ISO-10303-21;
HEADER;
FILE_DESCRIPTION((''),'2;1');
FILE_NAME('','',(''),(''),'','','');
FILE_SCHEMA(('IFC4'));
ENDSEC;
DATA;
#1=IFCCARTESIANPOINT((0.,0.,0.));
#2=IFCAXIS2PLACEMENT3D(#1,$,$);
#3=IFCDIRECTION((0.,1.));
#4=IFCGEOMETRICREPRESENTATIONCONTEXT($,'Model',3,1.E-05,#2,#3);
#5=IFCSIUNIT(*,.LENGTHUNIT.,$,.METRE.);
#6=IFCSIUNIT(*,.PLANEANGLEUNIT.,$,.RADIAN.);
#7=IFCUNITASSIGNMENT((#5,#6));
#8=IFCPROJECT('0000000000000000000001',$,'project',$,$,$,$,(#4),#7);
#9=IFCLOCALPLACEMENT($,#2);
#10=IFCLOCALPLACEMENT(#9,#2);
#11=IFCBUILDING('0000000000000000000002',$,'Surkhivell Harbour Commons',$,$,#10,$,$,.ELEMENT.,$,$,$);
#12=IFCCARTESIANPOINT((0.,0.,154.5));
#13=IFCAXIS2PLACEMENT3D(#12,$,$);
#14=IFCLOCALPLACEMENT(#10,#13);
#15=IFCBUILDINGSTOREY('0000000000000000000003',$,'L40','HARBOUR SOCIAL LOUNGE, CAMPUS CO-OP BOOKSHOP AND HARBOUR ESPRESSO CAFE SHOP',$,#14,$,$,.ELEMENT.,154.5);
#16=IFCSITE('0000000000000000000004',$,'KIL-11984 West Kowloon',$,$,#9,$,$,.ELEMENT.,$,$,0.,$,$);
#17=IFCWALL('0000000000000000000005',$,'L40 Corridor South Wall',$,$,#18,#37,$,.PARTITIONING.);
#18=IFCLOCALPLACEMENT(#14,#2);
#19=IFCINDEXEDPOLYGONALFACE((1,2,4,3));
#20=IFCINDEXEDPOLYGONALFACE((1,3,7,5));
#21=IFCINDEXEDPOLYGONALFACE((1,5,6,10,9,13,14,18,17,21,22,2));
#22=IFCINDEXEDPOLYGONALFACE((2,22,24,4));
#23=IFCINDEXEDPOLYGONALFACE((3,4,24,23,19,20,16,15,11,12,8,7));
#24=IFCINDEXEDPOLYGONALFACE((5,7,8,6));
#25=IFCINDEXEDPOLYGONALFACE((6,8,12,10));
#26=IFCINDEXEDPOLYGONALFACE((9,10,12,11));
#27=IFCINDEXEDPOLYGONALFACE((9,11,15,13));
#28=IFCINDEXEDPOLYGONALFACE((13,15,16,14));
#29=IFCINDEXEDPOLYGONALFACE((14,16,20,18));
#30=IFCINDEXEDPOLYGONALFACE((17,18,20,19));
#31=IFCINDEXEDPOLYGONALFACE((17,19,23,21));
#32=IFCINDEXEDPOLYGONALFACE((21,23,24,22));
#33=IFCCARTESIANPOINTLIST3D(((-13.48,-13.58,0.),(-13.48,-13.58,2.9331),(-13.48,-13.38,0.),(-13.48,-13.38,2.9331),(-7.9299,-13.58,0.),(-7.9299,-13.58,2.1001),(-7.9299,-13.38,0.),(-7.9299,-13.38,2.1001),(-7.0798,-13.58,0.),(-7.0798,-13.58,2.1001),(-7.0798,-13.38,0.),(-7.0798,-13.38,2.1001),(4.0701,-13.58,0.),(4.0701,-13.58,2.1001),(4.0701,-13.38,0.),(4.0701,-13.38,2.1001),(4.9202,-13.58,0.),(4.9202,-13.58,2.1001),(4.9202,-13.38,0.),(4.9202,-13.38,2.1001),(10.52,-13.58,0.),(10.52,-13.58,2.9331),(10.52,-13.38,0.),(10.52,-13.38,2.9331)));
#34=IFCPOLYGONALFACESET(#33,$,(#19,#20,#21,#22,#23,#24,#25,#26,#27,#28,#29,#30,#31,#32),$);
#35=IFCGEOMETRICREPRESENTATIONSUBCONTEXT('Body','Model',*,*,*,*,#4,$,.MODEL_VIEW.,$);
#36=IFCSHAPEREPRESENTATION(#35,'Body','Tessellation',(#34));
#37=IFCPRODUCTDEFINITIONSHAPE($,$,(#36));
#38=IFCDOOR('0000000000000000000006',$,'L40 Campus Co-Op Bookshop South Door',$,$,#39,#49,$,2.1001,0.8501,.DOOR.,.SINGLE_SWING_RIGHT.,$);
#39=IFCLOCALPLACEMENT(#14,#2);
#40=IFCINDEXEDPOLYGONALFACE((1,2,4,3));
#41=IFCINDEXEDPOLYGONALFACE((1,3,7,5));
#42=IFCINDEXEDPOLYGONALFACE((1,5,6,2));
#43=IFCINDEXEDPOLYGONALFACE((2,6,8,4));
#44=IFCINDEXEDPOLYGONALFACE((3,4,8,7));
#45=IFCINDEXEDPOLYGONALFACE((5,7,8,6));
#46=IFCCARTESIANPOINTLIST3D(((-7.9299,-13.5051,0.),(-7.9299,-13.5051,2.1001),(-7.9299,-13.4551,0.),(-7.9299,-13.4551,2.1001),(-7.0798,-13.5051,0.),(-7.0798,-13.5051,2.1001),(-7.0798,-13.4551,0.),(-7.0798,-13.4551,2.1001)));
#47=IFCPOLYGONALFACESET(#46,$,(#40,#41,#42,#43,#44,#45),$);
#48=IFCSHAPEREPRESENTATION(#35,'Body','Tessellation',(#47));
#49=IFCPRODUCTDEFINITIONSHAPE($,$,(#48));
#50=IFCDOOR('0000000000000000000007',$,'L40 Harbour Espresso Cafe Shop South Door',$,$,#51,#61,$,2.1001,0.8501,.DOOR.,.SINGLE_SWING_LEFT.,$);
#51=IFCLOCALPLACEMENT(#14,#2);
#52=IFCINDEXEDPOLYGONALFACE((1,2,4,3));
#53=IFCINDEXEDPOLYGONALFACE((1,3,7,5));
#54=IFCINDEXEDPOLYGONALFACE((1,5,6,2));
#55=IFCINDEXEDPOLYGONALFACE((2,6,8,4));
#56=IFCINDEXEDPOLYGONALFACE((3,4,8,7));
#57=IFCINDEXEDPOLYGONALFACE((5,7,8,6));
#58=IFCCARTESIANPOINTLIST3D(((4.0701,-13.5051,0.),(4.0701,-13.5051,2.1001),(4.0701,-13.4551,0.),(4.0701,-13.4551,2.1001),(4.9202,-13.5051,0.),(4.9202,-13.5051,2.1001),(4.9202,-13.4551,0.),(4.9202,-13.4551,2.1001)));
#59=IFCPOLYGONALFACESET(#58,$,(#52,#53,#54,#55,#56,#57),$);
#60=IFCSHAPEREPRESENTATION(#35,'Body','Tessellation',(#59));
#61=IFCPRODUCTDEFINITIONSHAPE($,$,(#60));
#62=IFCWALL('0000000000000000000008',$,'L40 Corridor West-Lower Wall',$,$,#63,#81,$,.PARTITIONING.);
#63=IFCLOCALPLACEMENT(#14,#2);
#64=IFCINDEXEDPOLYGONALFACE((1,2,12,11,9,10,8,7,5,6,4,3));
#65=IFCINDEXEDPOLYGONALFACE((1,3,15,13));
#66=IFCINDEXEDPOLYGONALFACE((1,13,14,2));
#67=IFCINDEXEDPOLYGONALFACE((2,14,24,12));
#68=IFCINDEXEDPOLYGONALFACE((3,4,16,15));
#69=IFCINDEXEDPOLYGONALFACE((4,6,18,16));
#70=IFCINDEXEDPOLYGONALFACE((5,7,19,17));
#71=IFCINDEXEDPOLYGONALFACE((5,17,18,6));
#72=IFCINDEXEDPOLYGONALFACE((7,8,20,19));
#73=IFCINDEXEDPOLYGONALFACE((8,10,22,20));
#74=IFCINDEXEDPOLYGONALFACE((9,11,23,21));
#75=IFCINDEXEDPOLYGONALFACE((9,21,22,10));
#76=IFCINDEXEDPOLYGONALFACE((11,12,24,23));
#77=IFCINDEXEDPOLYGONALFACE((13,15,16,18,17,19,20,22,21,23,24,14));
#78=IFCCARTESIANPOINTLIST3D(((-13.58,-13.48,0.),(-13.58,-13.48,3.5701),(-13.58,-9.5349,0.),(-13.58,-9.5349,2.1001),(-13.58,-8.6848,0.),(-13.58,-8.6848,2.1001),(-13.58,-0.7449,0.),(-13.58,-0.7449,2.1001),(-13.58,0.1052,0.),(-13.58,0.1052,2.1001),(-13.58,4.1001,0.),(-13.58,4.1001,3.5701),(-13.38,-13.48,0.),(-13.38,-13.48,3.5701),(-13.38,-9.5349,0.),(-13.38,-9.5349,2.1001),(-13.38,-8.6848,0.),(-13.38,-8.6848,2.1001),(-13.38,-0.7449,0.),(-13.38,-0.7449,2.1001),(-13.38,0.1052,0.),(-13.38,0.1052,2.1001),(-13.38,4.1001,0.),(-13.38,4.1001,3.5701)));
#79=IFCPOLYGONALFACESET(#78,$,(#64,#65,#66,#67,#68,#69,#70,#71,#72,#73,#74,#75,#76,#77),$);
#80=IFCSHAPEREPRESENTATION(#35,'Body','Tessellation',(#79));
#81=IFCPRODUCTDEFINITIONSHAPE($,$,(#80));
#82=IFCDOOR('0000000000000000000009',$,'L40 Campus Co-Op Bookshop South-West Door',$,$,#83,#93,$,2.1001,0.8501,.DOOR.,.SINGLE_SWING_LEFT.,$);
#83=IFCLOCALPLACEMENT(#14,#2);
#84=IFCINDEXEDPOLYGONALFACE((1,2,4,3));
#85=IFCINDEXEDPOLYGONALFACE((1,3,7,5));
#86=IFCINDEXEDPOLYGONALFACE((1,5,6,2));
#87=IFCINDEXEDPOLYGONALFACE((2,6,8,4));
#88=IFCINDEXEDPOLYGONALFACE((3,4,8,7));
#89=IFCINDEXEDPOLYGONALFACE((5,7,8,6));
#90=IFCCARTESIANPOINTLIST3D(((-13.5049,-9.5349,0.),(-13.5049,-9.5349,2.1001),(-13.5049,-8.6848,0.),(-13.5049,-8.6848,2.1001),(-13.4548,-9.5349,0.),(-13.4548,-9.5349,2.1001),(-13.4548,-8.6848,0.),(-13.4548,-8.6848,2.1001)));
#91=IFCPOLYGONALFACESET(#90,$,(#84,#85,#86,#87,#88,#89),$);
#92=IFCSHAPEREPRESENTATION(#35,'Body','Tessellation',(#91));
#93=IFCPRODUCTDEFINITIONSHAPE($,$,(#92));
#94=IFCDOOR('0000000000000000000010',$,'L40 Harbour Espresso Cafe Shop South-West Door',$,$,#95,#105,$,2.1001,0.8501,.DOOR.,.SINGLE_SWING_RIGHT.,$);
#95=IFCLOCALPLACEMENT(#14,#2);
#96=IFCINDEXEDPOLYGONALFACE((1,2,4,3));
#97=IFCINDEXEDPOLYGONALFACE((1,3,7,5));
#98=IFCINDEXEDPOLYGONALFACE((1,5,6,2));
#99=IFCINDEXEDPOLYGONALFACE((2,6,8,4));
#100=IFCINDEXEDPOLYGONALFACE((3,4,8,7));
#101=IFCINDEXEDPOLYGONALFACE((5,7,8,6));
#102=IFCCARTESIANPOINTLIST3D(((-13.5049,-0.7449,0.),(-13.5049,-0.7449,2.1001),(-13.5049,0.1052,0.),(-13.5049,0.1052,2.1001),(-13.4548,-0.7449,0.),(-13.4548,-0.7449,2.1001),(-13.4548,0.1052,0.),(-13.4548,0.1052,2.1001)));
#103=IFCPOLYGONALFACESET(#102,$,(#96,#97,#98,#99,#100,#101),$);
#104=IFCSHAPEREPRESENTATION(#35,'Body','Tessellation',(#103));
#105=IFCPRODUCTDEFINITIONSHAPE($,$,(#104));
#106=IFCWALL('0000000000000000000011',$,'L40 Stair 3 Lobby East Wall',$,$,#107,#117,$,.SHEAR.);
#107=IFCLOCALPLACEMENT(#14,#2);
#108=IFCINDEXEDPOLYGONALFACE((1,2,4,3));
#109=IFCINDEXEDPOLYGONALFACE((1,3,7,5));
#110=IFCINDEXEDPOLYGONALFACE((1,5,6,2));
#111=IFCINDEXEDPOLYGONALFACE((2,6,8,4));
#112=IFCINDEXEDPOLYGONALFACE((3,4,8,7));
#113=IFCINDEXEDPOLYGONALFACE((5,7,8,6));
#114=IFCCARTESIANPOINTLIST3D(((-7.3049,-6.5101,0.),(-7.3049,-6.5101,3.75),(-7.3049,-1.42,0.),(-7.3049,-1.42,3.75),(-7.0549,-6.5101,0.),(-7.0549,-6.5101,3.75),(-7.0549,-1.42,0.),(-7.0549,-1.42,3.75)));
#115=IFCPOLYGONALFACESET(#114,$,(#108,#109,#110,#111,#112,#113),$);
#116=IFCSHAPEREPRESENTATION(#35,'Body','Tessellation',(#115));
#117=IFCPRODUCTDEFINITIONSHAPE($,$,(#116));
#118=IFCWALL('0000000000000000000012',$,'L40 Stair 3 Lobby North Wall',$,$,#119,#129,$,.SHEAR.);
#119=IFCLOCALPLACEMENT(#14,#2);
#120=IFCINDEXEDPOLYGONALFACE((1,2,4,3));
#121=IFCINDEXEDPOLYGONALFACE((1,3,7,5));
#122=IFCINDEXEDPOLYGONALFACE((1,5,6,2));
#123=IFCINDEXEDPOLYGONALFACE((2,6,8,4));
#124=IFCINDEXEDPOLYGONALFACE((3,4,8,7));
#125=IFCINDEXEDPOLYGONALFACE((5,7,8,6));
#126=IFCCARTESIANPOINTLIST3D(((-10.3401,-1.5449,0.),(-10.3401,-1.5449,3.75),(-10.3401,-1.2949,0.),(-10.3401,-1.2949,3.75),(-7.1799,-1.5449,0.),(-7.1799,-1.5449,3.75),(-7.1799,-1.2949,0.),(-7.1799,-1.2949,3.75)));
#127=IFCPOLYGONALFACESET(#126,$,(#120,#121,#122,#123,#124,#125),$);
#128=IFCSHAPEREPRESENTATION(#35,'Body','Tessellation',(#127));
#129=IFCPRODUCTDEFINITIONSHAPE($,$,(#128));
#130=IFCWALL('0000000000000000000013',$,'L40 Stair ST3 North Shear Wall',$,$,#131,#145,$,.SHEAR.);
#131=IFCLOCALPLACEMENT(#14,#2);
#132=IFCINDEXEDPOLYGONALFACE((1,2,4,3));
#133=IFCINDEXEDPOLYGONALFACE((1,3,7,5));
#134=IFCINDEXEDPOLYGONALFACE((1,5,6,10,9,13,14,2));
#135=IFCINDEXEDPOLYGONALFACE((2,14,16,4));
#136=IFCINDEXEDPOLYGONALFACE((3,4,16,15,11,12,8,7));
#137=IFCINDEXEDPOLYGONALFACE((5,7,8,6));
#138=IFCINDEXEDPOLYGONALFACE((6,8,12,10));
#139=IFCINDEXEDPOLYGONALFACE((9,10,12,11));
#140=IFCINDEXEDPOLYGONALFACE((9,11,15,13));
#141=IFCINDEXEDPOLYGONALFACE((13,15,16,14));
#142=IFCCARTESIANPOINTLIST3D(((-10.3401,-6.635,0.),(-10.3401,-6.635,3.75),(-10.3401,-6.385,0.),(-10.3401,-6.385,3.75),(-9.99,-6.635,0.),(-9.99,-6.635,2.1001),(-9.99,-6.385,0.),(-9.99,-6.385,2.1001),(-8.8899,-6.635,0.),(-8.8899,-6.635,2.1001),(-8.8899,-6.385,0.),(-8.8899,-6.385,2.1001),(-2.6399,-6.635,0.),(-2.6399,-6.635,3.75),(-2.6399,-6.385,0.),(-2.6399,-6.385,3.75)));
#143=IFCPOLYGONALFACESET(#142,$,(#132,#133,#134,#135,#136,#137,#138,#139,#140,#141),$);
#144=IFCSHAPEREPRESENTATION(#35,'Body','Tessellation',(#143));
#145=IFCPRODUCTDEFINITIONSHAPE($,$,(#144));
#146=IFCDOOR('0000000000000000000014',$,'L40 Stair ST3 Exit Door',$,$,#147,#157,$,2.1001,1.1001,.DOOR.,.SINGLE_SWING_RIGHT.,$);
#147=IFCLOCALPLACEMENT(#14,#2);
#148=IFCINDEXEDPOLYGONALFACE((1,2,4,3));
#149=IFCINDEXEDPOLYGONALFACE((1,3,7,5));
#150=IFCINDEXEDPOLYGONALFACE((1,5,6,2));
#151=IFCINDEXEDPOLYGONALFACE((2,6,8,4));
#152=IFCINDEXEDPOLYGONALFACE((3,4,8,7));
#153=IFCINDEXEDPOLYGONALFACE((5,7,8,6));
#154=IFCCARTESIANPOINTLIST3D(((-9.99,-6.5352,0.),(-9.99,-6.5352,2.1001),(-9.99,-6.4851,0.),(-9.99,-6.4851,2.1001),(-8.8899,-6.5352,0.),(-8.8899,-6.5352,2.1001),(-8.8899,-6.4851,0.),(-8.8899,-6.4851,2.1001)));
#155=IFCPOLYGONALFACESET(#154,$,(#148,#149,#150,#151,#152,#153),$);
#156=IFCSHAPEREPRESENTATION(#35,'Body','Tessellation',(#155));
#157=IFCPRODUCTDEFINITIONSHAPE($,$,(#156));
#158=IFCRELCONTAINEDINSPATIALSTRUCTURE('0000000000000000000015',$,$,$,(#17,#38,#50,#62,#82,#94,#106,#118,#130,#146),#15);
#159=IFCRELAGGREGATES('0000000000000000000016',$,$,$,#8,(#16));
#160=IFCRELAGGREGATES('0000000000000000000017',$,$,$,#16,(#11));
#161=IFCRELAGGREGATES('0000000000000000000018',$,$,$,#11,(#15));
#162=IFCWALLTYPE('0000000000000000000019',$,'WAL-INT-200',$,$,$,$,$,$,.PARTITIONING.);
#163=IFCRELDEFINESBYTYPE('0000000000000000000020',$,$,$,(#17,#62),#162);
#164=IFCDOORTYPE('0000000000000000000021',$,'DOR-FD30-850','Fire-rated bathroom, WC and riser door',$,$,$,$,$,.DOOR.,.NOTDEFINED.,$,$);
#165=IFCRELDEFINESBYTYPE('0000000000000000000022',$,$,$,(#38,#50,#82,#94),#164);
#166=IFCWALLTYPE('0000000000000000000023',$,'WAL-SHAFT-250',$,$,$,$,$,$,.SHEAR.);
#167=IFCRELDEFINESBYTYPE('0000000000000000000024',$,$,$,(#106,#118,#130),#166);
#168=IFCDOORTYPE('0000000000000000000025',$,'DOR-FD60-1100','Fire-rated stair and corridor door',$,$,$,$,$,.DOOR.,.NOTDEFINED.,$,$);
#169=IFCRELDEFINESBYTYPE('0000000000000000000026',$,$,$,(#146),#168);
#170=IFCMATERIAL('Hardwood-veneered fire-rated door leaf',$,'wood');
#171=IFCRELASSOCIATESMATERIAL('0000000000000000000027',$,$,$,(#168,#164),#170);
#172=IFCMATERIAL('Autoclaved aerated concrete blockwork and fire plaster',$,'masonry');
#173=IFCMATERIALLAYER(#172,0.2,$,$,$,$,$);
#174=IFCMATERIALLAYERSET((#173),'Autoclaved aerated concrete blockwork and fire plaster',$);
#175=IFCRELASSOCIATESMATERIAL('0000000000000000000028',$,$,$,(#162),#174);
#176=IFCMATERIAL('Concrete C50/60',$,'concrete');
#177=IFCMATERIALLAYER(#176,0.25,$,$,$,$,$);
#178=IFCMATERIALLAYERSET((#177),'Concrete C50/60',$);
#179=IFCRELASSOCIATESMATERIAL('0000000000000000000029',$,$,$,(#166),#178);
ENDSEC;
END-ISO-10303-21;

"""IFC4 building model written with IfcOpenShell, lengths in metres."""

from ifc_helpers import new_model, si_unit, direction, frame, frame_2d, origin, place, context, subcontext, project, spatial, rectangle, extrude, material, layer, layer_set, type_object, element, fill, save


model = new_model("IFC4")

# Units and contexts
model_context = context("Model", 3, precision=1e-05, world=origin(), true_north=direction((0.0, 1.0)))
body_context = subcontext(model_context, "Body", "Model", "MODEL_VIEW")
ifc_project = project(units=[si_unit("LENGTHUNIT", "METRE"), si_unit("PLANEANGLEUNIT", "RADIAN")], contexts=[model_context])

# Site, building, storey
site_placement = place(None, origin())
site = spatial("IfcSite", under=ifc_project, at=site_placement, Name="KIL-11984 West Kowloon", CompositionType="ELEMENT", RefElevation=0.0)
building_placement = place(site_placement, origin())
building = spatial("IfcBuilding", under=site, at=building_placement, Name="Surkhivell Harbour Commons", CompositionType="ELEMENT")
storey_placement = place(building_placement, frame((0.0, 0.0, 154.5)))
storey = spatial("IfcBuildingStorey", under=building, at=storey_placement, Name="L40", Description="HARBOUR SOCIAL LOUNGE, CAMPUS CO-OP BOOKSHOP AND HARBOUR ESPRESSO CAFE SHOP", CompositionType="ELEMENT", Elevation=154.5)

# Shared definitions
ifc_material_1 = material(Name="Hardwood-veneered fire-rated door leaf", Category="wood")
door_type_1 = type_object("IfcDoorType", Name="DOR-FD60-1100", Description="Fire-rated stair and corridor door", OperationType="NOTDEFINED", PredefinedType="DOOR", material=ifc_material_1)

# Shared definitions
door_type_2 = type_object("IfcDoorType", Name="DOR-FD30-850", Description="Fire-rated bathroom, WC and riser door", OperationType="NOTDEFINED", PredefinedType="DOOR", material=ifc_material_1)

# Walls, openings, doors
ifc_material_2 = material(Name="Autoclaved aerated concrete blockwork and fire plaster", Category="masonry")
ifc_layer_1 = layer(ifc_material_2, 0.2)
ifc_layer_set_1 = layer_set([ifc_layer_1], Name="Autoclaved aerated concrete blockwork and fire plaster")
wall_type_1 = type_object("IfcWallType", Name="WAL-INT-200", PredefinedType="PARTITIONING", material=ifc_layer_set_1)
wall_1_placement = place(storey_placement, frame((-13.48, -13.48, 0.0), z_axis=(0.0, 0.0, 1.0), x_axis=(1.0, 0.0, 0.0)))
wall_1 = element("IfcWall", 1, at=wall_1_placement, inside=storey, type_object=wall_type_1, Name="L40 Corridor South Wall", PredefinedType="PARTITIONING", context=body_context, shape_type="SweptSolid", body=[
    extrude(rectangle(XDim=24.0, YDim=0.2, at=frame_2d((12.0, 0.0))), origin(), (0.0, 0.0, 1.0), 2.9331),
])
opening_1_placement = place(wall_1_placement, frame((5.55, 0.0, 0.0)))
opening_1 = element("IfcOpeningElement", 2, at=opening_1_placement, cuts=wall_1, PredefinedType="OPENING", context=body_context, shape_type="SweptSolid", body=[
    extrude(rectangle(XDim=0.8501, YDim=2.1001, at=frame_2d((0.425, 1.05))), frame((0.0, 0.1099, 0.0), z_axis=(0.0, -1.0, 0.0), x_axis=(1.0, 0.0, 0.0)), (0.0, 0.0, 1.0), 0.22),
])
opening_2_placement = place(wall_1_placement, frame((17.55, 0.0, 0.0)))
opening_2 = element("IfcOpeningElement", 3, at=opening_2_placement, cuts=wall_1, PredefinedType="OPENING", context=body_context, shape_type="SweptSolid", body=[
    extrude(rectangle(XDim=0.8501, YDim=2.1001, at=frame_2d((0.425, 1.05))), frame((0.0, 0.1099, 0.0), z_axis=(0.0, -1.0, 0.0), x_axis=(1.0, 0.0, 0.0)), (0.0, 0.0, 1.0), 0.22),
])
door_1_placement = place(opening_1_placement, origin())
door_1 = element("IfcDoor", 4, at=door_1_placement, inside=storey, type_object=door_type_2, Name="L40 Campus Co-Op Bookshop South Door", OperationType="SINGLE_SWING_RIGHT", OverallHeight=2.1001, OverallWidth=0.8501, PredefinedType="DOOR", context=body_context, shape_type="SweptSolid", body=[
    extrude(rectangle(XDim=0.8501, YDim=2.1001, at=frame_2d((0.425, 1.05))), frame((0.0, 0.0249, 0.0), z_axis=(0.0, -1.0, 0.0), x_axis=(1.0, 0.0, 0.0)), (0.0, 0.0, 1.0), 0.05),
])
fill(opening_1, door_1)
door_2_placement = place(opening_2_placement, origin())
door_2 = element("IfcDoor", 5, at=door_2_placement, inside=storey, type_object=door_type_2, Name="L40 Harbour Espresso Cafe Shop South Door", OperationType="SINGLE_SWING_LEFT", OverallHeight=2.1001, OverallWidth=0.8501, PredefinedType="DOOR", context=body_context, shape_type="SweptSolid", body=[
    extrude(rectangle(XDim=0.8501, YDim=2.1001, at=frame_2d((0.425, 1.05))), frame((0.0, 0.0249, 0.0), z_axis=(0.0, -1.0, 0.0), x_axis=(1.0, 0.0, 0.0)), (0.0, 0.0, 1.0), 0.05),
])
fill(opening_2, door_2)
wall_2_placement = place(storey_placement, frame((-13.48, -13.48, 0.0), z_axis=(0.0, 0.0, 1.0), x_axis=(0.0, 1.0, 0.0)))
wall_2 = element("IfcWall", 6, at=wall_2_placement, inside=storey, type_object=wall_type_1, Name="L40 Corridor West-Lower Wall", PredefinedType="PARTITIONING", context=body_context, shape_type="SweptSolid", body=[
    extrude(rectangle(XDim=17.5801, YDim=0.2, at=frame_2d((8.79, 0.0))), origin(), (0.0, 0.0, 1.0), 3.5701),
])
opening_3_placement = place(wall_2_placement, frame((3.9451, 0.0, 0.0)))
opening_3 = element("IfcOpeningElement", 7, at=opening_3_placement, cuts=wall_2, PredefinedType="OPENING", context=body_context, shape_type="SweptSolid", body=[
    extrude(rectangle(XDim=0.8501, YDim=2.1001, at=frame_2d((0.425, 1.05))), frame((0.0, 0.1099, 0.0), z_axis=(0.0, -1.0, 0.0), x_axis=(1.0, 0.0, 0.0)), (0.0, 0.0, 1.0), 0.22),
])
opening_4_placement = place(wall_2_placement, frame((12.7351, 0.0, 0.0)))
opening_4 = element("IfcOpeningElement", 8, at=opening_4_placement, cuts=wall_2, PredefinedType="OPENING", context=body_context, shape_type="SweptSolid", body=[
    extrude(rectangle(XDim=0.8501, YDim=2.1001, at=frame_2d((0.425, 1.05))), frame((0.0, 0.1099, 0.0), z_axis=(0.0, -1.0, 0.0), x_axis=(1.0, 0.0, 0.0)), (0.0, 0.0, 1.0), 0.22),
])
door_3_placement = place(opening_3_placement, origin())
door_3 = element("IfcDoor", 9, at=door_3_placement, inside=storey, type_object=door_type_2, Name="L40 Campus Co-Op Bookshop South-West Door", OperationType="SINGLE_SWING_LEFT", OverallHeight=2.1001, OverallWidth=0.8501, PredefinedType="DOOR", context=body_context, shape_type="SweptSolid", body=[
    extrude(rectangle(XDim=0.8501, YDim=2.1001, at=frame_2d((0.425, 1.05))), frame((0.0, 0.0249, 0.0), z_axis=(0.0, -1.0, 0.0), x_axis=(1.0, 0.0, 0.0)), (0.0, 0.0, 1.0), 0.05),
])
fill(opening_3, door_3)
door_4_placement = place(opening_4_placement, origin())
door_4 = element("IfcDoor", 10, at=door_4_placement, inside=storey, type_object=door_type_2, Name="L40 Harbour Espresso Cafe Shop South-West Door", OperationType="SINGLE_SWING_RIGHT", OverallHeight=2.1001, OverallWidth=0.8501, PredefinedType="DOOR", context=body_context, shape_type="SweptSolid", body=[
    extrude(rectangle(XDim=0.8501, YDim=2.1001, at=frame_2d((0.425, 1.05))), frame((0.0, 0.0249, 0.0), z_axis=(0.0, -1.0, 0.0), x_axis=(1.0, 0.0, 0.0)), (0.0, 0.0, 1.0), 0.05),
])
fill(opening_4, door_4)

# Walls
ifc_material_3 = material(Name="Concrete C50/60", Category="concrete")
ifc_layer_2 = layer(ifc_material_3, 0.25)
ifc_layer_set_2 = layer_set([ifc_layer_2], Name="Concrete C50/60")
wall_type_2 = type_object("IfcWallType", Name="WAL-SHAFT-250", PredefinedType="SHEAR", material=ifc_layer_set_2)
wall_3_placement = place(storey_placement, frame((-7.1799, -6.51, 0.0), z_axis=(0.0, 0.0, 1.0), x_axis=(0.0, 1.0, 0.0)))
element("IfcWall", 11, at=wall_3_placement, inside=storey, type_object=wall_type_2, Name="L40 Stair 3 Lobby East Wall", PredefinedType="SHEAR", context=body_context, shape_type="SweptSolid", body=[
    extrude(rectangle(XDim=5.0901, YDim=0.25, at=frame_2d((2.5449, 0.0))), origin(), (0.0, 0.0, 1.0), 3.75),
])
wall_4_placement = place(storey_placement, frame((-10.3401, -1.4199, 0.0), z_axis=(0.0, 0.0, 1.0), x_axis=(1.0, 0.0, 0.0)))
element("IfcWall", 12, at=wall_4_placement, inside=storey, type_object=wall_type_2, Name="L40 Stair 3 Lobby North Wall", PredefinedType="SHEAR", context=body_context, shape_type="SweptSolid", body=[
    extrude(rectangle(XDim=3.1602, YDim=0.25, at=frame_2d((1.5801, 0.0))), origin(), (0.0, 0.0, 1.0), 3.75),
])

# Wall, opening, door
wall_5_placement = place(storey_placement, frame((-10.3401, -6.51, 0.0), z_axis=(0.0, 0.0, 1.0), x_axis=(1.0, 0.0, 0.0)))
wall_5 = element("IfcWall", 13, at=wall_5_placement, inside=storey, type_object=wall_type_2, Name="L40 Stair ST3 North Shear Wall", PredefinedType="SHEAR", context=body_context, shape_type="SweptSolid", body=[
    extrude(rectangle(XDim=7.7002, YDim=0.25, at=frame_2d((3.8501, 0.0))), origin(), (0.0, 0.0, 1.0), 3.75),
])
opening_5_placement = place(wall_5_placement, frame((0.3501, 0.0, 0.0)))
opening_5 = element("IfcOpeningElement", 14, at=opening_5_placement, cuts=wall_5, PredefinedType="OPENING", context=body_context, shape_type="SweptSolid", body=[
    extrude(rectangle(XDim=1.1001, YDim=2.1001, at=frame_2d((0.55, 1.05))), frame((0.0, 0.135, 0.0), z_axis=(0.0, -1.0, 0.0), x_axis=(1.0, 0.0, 0.0)), (0.0, 0.0, 1.0), 0.27),
])
door_5_placement = place(opening_5_placement, origin())
door_5 = element("IfcDoor", 15, at=door_5_placement, inside=storey, type_object=door_type_1, Name="L40 Stair ST3 Exit Door", OperationType="SINGLE_SWING_RIGHT", OverallHeight=2.1001, OverallWidth=1.1001, PredefinedType="DOOR", context=body_context, shape_type="SweptSolid", body=[
    extrude(rectangle(XDim=1.1001, YDim=2.1001, at=frame_2d((0.55, 1.05))), frame((0.0, 0.0249, 0.0), z_axis=(0.0, -1.0, 0.0), x_axis=(1.0, 0.0, 0.0)), (0.0, 0.0, 1.0), 0.05),
])
fill(opening_5, door_5)

save(model, "model.ifc")
